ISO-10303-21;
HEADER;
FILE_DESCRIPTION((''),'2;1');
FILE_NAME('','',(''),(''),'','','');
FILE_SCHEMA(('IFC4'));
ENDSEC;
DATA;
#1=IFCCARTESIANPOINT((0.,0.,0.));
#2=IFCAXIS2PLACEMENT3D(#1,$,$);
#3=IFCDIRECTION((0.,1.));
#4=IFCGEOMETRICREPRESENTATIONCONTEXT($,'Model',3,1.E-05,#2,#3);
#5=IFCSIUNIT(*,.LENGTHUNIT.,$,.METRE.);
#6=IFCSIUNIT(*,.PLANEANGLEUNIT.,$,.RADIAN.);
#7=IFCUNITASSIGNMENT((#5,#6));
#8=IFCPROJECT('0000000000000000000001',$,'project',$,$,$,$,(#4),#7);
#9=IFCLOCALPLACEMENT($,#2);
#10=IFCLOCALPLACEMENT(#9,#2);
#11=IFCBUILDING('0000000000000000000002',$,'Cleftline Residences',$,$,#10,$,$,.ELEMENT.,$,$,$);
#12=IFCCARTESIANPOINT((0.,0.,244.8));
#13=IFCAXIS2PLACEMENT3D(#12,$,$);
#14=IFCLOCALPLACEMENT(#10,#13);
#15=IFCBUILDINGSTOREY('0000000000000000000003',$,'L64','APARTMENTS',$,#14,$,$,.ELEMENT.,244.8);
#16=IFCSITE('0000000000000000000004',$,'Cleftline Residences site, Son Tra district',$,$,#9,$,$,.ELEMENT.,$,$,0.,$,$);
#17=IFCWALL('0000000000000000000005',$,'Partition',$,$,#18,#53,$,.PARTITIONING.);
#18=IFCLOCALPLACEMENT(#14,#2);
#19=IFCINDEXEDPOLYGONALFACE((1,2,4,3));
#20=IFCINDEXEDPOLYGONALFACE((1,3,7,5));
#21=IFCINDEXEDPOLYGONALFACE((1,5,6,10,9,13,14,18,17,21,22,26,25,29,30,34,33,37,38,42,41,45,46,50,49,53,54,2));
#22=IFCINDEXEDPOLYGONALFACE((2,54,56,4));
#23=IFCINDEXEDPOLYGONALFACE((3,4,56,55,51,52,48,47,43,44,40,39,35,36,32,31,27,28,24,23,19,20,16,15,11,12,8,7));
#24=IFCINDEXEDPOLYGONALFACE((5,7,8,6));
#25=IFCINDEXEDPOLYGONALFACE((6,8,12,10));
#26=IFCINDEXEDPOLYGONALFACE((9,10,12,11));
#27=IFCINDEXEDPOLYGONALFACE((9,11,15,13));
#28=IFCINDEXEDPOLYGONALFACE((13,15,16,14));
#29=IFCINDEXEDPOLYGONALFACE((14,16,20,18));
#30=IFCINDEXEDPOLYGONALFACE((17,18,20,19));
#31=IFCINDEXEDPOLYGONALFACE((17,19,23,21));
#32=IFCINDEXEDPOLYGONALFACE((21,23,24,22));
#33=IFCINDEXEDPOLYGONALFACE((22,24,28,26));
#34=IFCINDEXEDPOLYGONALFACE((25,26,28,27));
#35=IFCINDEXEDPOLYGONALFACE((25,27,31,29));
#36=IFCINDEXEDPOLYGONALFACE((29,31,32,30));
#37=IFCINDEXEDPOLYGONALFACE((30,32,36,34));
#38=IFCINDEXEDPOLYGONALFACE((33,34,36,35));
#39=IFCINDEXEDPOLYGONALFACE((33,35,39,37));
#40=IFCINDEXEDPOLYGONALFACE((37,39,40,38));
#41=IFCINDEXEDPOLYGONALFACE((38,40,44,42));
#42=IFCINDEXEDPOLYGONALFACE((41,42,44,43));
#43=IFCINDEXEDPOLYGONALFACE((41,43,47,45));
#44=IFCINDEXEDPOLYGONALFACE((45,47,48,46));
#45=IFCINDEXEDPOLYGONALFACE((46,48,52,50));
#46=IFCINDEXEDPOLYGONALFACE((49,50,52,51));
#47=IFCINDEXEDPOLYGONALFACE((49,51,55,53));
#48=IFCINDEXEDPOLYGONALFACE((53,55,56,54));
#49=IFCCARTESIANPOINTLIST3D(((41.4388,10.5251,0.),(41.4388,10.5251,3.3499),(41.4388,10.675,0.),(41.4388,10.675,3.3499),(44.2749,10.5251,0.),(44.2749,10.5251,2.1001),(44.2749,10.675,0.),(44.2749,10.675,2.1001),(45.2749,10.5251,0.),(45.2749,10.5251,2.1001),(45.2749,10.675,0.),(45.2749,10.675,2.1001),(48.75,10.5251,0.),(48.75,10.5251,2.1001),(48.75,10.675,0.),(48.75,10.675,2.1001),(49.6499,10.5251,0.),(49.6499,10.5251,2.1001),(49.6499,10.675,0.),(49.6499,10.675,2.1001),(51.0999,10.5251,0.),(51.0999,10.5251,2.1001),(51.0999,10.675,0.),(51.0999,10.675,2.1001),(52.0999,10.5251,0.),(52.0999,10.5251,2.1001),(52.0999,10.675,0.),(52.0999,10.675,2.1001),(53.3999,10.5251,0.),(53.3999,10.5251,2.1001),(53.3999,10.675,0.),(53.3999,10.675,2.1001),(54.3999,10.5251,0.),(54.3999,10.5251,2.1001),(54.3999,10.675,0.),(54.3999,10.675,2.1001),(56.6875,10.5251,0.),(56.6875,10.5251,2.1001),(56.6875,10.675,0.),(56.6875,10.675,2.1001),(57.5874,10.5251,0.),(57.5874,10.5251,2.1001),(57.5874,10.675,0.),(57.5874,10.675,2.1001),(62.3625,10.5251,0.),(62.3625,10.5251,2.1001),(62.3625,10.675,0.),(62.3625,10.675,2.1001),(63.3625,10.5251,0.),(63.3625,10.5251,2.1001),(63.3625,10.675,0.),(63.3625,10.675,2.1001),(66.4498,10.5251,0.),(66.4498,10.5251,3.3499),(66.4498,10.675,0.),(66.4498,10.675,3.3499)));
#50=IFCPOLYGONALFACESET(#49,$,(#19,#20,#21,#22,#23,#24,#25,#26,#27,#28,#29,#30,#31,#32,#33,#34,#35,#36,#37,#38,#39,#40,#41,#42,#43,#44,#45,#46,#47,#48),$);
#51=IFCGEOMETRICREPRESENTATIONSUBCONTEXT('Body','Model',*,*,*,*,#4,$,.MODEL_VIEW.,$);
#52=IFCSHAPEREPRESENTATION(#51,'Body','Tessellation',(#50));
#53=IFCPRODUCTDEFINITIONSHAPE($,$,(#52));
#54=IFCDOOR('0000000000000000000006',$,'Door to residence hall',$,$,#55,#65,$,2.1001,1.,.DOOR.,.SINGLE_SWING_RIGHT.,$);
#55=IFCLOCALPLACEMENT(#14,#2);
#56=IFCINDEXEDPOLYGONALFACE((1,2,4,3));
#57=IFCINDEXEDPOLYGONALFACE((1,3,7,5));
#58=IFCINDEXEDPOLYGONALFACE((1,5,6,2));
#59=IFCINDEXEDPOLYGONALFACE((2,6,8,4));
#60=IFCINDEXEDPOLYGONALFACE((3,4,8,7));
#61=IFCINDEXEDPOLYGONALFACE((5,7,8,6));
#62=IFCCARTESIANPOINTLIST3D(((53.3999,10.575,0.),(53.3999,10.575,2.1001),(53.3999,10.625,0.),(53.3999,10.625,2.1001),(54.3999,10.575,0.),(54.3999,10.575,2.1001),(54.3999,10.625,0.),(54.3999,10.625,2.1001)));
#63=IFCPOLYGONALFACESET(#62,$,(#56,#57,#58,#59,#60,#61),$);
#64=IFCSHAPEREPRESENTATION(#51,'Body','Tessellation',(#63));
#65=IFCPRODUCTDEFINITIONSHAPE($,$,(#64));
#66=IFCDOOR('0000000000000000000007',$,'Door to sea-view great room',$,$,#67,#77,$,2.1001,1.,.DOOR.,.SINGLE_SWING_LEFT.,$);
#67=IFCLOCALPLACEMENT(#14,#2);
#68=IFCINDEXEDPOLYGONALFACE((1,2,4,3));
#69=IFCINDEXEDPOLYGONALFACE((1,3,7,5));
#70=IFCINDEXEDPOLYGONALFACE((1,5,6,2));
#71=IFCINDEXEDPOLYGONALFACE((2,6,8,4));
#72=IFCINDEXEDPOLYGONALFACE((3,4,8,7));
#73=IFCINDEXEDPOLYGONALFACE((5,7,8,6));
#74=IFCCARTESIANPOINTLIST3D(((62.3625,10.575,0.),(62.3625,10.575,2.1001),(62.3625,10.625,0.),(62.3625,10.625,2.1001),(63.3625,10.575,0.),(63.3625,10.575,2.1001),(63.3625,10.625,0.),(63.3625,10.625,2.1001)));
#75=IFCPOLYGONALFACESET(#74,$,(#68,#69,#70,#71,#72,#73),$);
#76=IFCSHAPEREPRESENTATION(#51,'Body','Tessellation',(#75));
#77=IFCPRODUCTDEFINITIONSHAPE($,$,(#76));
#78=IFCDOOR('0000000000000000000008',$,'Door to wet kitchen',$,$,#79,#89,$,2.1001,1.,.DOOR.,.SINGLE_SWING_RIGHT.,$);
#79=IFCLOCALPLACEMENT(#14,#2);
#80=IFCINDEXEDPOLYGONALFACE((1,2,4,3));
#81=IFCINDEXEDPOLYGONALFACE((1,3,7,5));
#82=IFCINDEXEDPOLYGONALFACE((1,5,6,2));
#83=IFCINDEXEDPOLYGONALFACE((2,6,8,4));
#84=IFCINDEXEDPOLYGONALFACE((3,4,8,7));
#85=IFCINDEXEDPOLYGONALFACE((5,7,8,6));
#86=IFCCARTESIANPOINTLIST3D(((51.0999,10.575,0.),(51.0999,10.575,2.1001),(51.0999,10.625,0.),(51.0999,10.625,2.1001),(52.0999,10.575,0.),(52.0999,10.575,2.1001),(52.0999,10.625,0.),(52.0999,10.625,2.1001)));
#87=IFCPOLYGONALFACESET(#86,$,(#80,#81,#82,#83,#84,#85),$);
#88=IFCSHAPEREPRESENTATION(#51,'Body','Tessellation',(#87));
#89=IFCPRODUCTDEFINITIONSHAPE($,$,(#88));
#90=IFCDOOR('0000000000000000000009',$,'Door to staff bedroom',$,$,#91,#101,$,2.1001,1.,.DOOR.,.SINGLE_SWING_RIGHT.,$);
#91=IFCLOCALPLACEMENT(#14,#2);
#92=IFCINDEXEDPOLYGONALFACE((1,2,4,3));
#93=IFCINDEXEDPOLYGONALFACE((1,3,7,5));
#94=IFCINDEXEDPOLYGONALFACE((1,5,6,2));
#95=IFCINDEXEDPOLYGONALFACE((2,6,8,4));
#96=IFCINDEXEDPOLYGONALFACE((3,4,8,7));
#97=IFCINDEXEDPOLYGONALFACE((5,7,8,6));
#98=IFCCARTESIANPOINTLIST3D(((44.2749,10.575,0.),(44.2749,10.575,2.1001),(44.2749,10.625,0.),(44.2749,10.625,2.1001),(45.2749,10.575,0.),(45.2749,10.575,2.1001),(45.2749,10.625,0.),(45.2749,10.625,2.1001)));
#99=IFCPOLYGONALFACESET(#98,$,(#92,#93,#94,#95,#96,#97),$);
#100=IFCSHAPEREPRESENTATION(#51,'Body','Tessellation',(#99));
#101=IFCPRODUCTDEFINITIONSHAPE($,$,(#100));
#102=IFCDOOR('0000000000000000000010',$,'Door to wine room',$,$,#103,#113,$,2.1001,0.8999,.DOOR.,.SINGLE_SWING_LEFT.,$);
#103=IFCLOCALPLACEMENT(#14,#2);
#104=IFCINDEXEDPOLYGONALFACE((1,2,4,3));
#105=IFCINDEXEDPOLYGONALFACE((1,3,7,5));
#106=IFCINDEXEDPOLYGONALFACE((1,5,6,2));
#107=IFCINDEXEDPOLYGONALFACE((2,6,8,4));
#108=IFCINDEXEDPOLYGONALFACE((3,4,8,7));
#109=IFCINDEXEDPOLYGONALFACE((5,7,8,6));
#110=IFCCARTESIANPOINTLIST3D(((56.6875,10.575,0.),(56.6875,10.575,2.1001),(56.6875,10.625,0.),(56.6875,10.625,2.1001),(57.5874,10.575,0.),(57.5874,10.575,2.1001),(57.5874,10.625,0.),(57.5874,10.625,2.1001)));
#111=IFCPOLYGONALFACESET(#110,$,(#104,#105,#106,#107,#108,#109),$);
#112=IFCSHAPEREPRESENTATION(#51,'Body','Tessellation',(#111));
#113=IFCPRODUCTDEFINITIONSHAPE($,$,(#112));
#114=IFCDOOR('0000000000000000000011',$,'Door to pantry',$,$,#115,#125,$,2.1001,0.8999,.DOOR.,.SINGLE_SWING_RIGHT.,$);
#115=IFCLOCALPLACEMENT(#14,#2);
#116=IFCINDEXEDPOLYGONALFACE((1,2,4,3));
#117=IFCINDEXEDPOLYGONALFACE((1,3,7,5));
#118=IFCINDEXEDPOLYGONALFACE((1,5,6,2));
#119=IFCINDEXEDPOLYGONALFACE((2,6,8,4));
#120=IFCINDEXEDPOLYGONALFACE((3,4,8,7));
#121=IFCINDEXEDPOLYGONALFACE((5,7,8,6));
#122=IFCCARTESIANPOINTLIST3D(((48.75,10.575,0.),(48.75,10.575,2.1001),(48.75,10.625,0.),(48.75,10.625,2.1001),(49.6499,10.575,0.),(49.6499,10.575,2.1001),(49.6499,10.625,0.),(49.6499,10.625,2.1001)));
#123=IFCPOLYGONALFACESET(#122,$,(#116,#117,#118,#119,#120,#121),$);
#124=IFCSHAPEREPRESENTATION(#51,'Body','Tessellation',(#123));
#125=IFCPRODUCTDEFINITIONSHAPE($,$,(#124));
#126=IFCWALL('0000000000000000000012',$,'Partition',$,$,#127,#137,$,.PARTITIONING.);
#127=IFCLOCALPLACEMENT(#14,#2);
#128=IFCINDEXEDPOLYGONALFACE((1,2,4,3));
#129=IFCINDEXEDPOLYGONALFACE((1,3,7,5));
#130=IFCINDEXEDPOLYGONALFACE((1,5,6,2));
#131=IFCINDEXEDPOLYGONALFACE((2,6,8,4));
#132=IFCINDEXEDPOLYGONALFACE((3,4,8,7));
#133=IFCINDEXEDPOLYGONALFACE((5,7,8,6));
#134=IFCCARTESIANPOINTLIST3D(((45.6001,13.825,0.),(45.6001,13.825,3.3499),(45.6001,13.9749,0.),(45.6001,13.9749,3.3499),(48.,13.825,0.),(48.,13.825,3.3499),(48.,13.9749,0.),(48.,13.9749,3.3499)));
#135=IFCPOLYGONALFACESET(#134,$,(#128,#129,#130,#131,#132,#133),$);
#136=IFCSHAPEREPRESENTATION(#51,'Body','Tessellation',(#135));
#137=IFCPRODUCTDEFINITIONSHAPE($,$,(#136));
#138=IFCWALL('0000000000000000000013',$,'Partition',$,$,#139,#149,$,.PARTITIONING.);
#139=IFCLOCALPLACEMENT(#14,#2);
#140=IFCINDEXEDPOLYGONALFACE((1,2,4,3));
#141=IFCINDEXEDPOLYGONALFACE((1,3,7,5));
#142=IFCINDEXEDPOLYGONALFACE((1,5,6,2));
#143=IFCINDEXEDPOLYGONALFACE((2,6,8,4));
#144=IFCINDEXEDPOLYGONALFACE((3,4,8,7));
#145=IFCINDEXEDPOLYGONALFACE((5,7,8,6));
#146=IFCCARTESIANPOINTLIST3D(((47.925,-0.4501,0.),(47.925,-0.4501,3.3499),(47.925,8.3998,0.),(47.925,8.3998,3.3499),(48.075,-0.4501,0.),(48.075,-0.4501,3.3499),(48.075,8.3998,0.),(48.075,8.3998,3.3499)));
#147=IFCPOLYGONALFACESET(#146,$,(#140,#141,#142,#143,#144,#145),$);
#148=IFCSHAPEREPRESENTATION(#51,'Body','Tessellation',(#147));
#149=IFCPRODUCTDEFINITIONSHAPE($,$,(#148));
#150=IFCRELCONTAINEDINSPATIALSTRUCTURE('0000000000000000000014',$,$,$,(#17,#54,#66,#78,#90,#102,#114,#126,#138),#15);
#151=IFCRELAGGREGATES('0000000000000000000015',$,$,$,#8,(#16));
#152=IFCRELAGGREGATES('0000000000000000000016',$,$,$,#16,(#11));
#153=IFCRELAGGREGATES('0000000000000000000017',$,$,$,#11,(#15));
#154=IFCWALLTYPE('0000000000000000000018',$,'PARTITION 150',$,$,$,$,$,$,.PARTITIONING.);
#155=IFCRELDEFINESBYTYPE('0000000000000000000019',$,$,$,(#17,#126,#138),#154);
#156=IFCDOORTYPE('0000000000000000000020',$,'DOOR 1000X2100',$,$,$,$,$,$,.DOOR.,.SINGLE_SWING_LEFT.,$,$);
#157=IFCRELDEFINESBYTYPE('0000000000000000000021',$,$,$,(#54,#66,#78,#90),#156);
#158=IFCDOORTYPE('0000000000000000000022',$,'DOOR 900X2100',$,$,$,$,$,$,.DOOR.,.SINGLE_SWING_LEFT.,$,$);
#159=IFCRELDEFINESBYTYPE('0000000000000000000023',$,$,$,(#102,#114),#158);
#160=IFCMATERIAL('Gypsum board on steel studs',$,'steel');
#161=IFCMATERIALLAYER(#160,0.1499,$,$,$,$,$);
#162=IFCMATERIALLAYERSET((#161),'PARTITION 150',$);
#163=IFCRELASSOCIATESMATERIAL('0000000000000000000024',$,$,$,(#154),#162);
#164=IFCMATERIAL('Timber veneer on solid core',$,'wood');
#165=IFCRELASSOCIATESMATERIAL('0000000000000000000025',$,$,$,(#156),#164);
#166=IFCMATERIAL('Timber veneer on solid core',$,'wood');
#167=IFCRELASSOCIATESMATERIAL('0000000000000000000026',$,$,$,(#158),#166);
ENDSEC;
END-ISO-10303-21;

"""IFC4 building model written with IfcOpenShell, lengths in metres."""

from ifc_helpers import new_model, si_unit, direction, frame, frame_2d, origin, place, context, subcontext, project, spatial, rectangle, extrude, material, layer, layer_set, type_object, element, fill, save


model = new_model("IFC4")

# Units and contexts
model_context = context("Model", 3, precision=1e-05, world=origin(), true_north=direction((0.0, 1.0)))
body_context = subcontext(model_context, "Body", "Model", "MODEL_VIEW")
ifc_project = project(units=[si_unit("LENGTHUNIT", "METRE"), si_unit("PLANEANGLEUNIT", "RADIAN")], contexts=[model_context])

# Site, building, storey
site_placement = place(None, origin())
site = spatial("IfcSite", under=ifc_project, at=site_placement, Name="Cleftline Residences site, Son Tra district", CompositionType="ELEMENT", RefElevation=0.0)
building_placement = place(site_placement, origin())
building = spatial("IfcBuilding", under=site, at=building_placement, Name="Cleftline Residences", CompositionType="ELEMENT")
storey_placement = place(building_placement, frame((0.0, 0.0, 244.8)))
storey = spatial("IfcBuildingStorey", under=building, at=storey_placement, Name="L64", Description="APARTMENTS", CompositionType="ELEMENT", Elevation=244.8)

# Shared definitions
ifc_material_1 = material(Name="Gypsum board on steel studs", Category="steel")
ifc_layer_1 = layer(ifc_material_1, 0.1499)
ifc_layer_set_1 = layer_set([ifc_layer_1], Name="PARTITION 150")
wall_type_1 = type_object("IfcWallType", Name="PARTITION 150", PredefinedType="PARTITIONING", material=ifc_layer_set_1)
ifc_material_2 = material(Name="Timber veneer on solid core", Category="wood")
door_type_1 = type_object("IfcDoorType", Name="DOOR 1000X2100", OperationType="SINGLE_SWING_LEFT", PredefinedType="DOOR", material=ifc_material_2)

# Wall, openings, doors
wall_1_placement = place(storey_placement, frame((41.439, 10.6001, 0.0), z_axis=(0.0, 0.0, 1.0), x_axis=(1.0, 0.0, 0.0)))
wall_1 = element("IfcWall", 1, at=wall_1_placement, inside=storey, type_object=wall_type_1, Name="Partition", PredefinedType="PARTITIONING", context=body_context, shape_type="SweptSolid", body=[
    extrude(rectangle(XDim=25.011, YDim=0.1499, at=frame_2d((12.5054, 0.0))), origin(), (0.0, 0.0, 1.0), 3.3499),
])
opening_1_placement = place(wall_1_placement, frame((11.9609, 0.0, 0.0)))
opening_1 = element("IfcOpeningElement", 2, at=opening_1_placement, cuts=wall_1, PredefinedType="OPENING", context=body_context, shape_type="SweptSolid", body=[
    extrude(rectangle(XDim=1.0, YDim=2.1001, at=frame_2d((0.5, 1.05))), frame((0.0, 0.085, 0.0), z_axis=(0.0, -1.0, 0.0), x_axis=(1.0, 0.0, 0.0)), (0.0, 0.0, 1.0), 0.1699),
])
opening_2_placement = place(wall_1_placement, frame((20.9236, 0.0, 0.0)))
opening_2 = element("IfcOpeningElement", 3, at=opening_2_placement, cuts=wall_1, PredefinedType="OPENING", context=body_context, shape_type="SweptSolid", body=[
    extrude(rectangle(XDim=1.0, YDim=2.1001, at=frame_2d((0.5, 1.05))), frame((0.0, 0.085, 0.0), z_axis=(0.0, -1.0, 0.0), x_axis=(1.0, 0.0, 0.0)), (0.0, 0.0, 1.0), 0.1699),
])
opening_3_placement = place(wall_1_placement, frame((15.2485, 0.0, 0.0)))
opening_3 = element("IfcOpeningElement", 4, at=opening_3_placement, cuts=wall_1, PredefinedType="OPENING", context=body_context, shape_type="SweptSolid", body=[
    extrude(rectangle(XDim=0.8999, YDim=2.1001, at=frame_2d((0.45, 1.05))), frame((0.0, 0.085, 0.0), z_axis=(0.0, -1.0, 0.0), x_axis=(1.0, 0.0, 0.0)), (0.0, 0.0, 1.0), 0.1699),
])
opening_4_placement = place(wall_1_placement, frame((9.6609, 0.0, 0.0)))
opening_4 = element("IfcOpeningElement", 5, at=opening_4_placement, cuts=wall_1, PredefinedType="OPENING", context=body_context, shape_type="SweptSolid", body=[
    extrude(rectangle(XDim=1.0, YDim=2.1001, at=frame_2d((0.5, 1.05))), frame((0.0, 0.085, 0.0), z_axis=(0.0, -1.0, 0.0), x_axis=(1.0, 0.0, 0.0)), (0.0, 0.0, 1.0), 0.1699),
])
opening_5_placement = place(wall_1_placement, frame((7.311, 0.0, 0.0)))
opening_5 = element("IfcOpeningElement", 6, at=opening_5_placement, cuts=wall_1, PredefinedType="OPENING", context=body_context, shape_type="SweptSolid", body=[
    extrude(rectangle(XDim=0.8999, YDim=2.1001, at=frame_2d((0.45, 1.05))), frame((0.0, 0.085, 0.0), z_axis=(0.0, -1.0, 0.0), x_axis=(1.0, 0.0, 0.0)), (0.0, 0.0, 1.0), 0.1699),
])
opening_6_placement = place(wall_1_placement, frame((2.8359, 0.0, 0.0)))
opening_6 = element("IfcOpeningElement", 7, at=opening_6_placement, cuts=wall_1, PredefinedType="OPENING", context=body_context, shape_type="SweptSolid", body=[
    extrude(rectangle(XDim=1.0, YDim=2.1001, at=frame_2d((0.5, 1.05))), frame((0.0, 0.085, 0.0), z_axis=(0.0, -1.0, 0.0), x_axis=(1.0, 0.0, 0.0)), (0.0, 0.0, 1.0), 0.1699),
])
door_1_placement = place(opening_1_placement, origin())
door_1 = element("IfcDoor", 8, at=door_1_placement, inside=storey, type_object=door_type_1, Name="Door to residence hall", OperationType="SINGLE_SWING_RIGHT", OverallHeight=2.1001, OverallWidth=1.0, PredefinedType="DOOR", context=body_context, shape_type="SweptSolid", body=[
    extrude(rectangle(XDim=1.0, YDim=2.1001, at=frame_2d((0.5, 1.05))), frame((0.0, 0.0249, 0.0), z_axis=(0.0, -1.0, 0.0), x_axis=(1.0, 0.0, 0.0)), (0.0, 0.0, 1.0), 0.05),
])
fill(opening_1, door_1)
door_2_placement = place(opening_2_placement, origin())
door_2 = element("IfcDoor", 9, at=door_2_placement, inside=storey, type_object=door_type_1, Name="Door to sea-view great room", OperationType="SINGLE_SWING_LEFT", OverallHeight=2.1001, OverallWidth=1.0, PredefinedType="DOOR", context=body_context, shape_type="SweptSolid", body=[
    extrude(rectangle(XDim=1.0, YDim=2.1001, at=frame_2d((0.5, 1.05))), frame((0.0, 0.0249, 0.0), z_axis=(0.0, -1.0, 0.0), x_axis=(1.0, 0.0, 0.0)), (0.0, 0.0, 1.0), 0.05),
])
fill(opening_2, door_2)
door_3_placement = place(opening_4_placement, origin())
door_3 = element("IfcDoor", 10, at=door_3_placement, inside=storey, type_object=door_type_1, Name="Door to wet kitchen", OperationType="SINGLE_SWING_RIGHT", OverallHeight=2.1001, OverallWidth=1.0, PredefinedType="DOOR", context=body_context, shape_type="SweptSolid", body=[
    extrude(rectangle(XDim=1.0, YDim=2.1001, at=frame_2d((0.5, 1.05))), frame((0.0, 0.0249, 0.0), z_axis=(0.0, -1.0, 0.0), x_axis=(1.0, 0.0, 0.0)), (0.0, 0.0, 1.0), 0.05),
])
fill(opening_4, door_3)
door_4_placement = place(opening_6_placement, origin())
door_4 = element("IfcDoor", 11, at=door_4_placement, inside=storey, type_object=door_type_1, Name="Door to staff bedroom", OperationType="SINGLE_SWING_RIGHT", OverallHeight=2.1001, OverallWidth=1.0, PredefinedType="DOOR", context=body_context, shape_type="SweptSolid", body=[
    extrude(rectangle(XDim=1.0, YDim=2.1001, at=frame_2d((0.5, 1.05))), frame((0.0, 0.0249, 0.0), z_axis=(0.0, -1.0, 0.0), x_axis=(1.0, 0.0, 0.0)), (0.0, 0.0, 1.0), 0.05),
])
fill(opening_6, door_4)
ifc_material_3 = material(Name="Timber veneer on solid core", Category="wood")
door_type_2 = type_object("IfcDoorType", Name="DOOR 900X2100", OperationType="SINGLE_SWING_LEFT", PredefinedType="DOOR", material=ifc_material_3)
door_5_placement = place(opening_3_placement, origin())
door_5 = element("IfcDoor", 12, at=door_5_placement, inside=storey, type_object=door_type_2, Name="Door to wine room", OperationType="SINGLE_SWING_LEFT", OverallHeight=2.1001, OverallWidth=0.8999, PredefinedType="DOOR", context=body_context, shape_type="SweptSolid", body=[
    extrude(rectangle(XDim=0.8999, YDim=2.1001, at=frame_2d((0.45, 1.05))), frame((0.0, 0.0249, 0.0), z_axis=(0.0, -1.0, 0.0), x_axis=(1.0, 0.0, 0.0)), (0.0, 0.0, 1.0), 0.05),
])
fill(opening_3, door_5)
door_6_placement = place(opening_5_placement, origin())
door_6 = element("IfcDoor", 13, at=door_6_placement, inside=storey, type_object=door_type_2, Name="Door to pantry", OperationType="SINGLE_SWING_RIGHT", OverallHeight=2.1001, OverallWidth=0.8999, PredefinedType="DOOR", context=body_context, shape_type="SweptSolid", body=[
    extrude(rectangle(XDim=0.8999, YDim=2.1001, at=frame_2d((0.45, 1.05))), frame((0.0, 0.0249, 0.0), z_axis=(0.0, -1.0, 0.0), x_axis=(1.0, 0.0, 0.0)), (0.0, 0.0, 1.0), 0.05),
])
fill(opening_5, door_6)

# Walls
wall_2_placement = place(storey_placement, frame((45.6001, 13.8999, 0.0), z_axis=(0.0, 0.0, 1.0), x_axis=(1.0, 0.0, 0.0)))
element("IfcWall", 14, at=wall_2_placement, inside=storey, type_object=wall_type_1, Name="Partition", PredefinedType="PARTITIONING", context=body_context, shape_type="SweptSolid", body=[
    extrude(rectangle(XDim=2.3999, YDim=0.1499, at=frame_2d((1.2, 0.0))), origin(), (0.0, 0.0, 1.0), 3.3499),
])
wall_3_placement = place(storey_placement, frame((48.0, -0.45, 0.0), z_axis=(0.0, 0.0, 1.0), x_axis=(0.0, 1.0, 0.0)))
element("IfcWall", 15, at=wall_3_placement, inside=storey, type_object=wall_type_1, Name="Partition", PredefinedType="PARTITIONING", context=body_context, shape_type="SweptSolid", body=[
    extrude(rectangle(XDim=8.8499, YDim=0.1499, at=frame_2d((4.4248, 0.0))), origin(), (0.0, 0.0, 1.0), 3.3499),
])

save(model, "model.ifc")
